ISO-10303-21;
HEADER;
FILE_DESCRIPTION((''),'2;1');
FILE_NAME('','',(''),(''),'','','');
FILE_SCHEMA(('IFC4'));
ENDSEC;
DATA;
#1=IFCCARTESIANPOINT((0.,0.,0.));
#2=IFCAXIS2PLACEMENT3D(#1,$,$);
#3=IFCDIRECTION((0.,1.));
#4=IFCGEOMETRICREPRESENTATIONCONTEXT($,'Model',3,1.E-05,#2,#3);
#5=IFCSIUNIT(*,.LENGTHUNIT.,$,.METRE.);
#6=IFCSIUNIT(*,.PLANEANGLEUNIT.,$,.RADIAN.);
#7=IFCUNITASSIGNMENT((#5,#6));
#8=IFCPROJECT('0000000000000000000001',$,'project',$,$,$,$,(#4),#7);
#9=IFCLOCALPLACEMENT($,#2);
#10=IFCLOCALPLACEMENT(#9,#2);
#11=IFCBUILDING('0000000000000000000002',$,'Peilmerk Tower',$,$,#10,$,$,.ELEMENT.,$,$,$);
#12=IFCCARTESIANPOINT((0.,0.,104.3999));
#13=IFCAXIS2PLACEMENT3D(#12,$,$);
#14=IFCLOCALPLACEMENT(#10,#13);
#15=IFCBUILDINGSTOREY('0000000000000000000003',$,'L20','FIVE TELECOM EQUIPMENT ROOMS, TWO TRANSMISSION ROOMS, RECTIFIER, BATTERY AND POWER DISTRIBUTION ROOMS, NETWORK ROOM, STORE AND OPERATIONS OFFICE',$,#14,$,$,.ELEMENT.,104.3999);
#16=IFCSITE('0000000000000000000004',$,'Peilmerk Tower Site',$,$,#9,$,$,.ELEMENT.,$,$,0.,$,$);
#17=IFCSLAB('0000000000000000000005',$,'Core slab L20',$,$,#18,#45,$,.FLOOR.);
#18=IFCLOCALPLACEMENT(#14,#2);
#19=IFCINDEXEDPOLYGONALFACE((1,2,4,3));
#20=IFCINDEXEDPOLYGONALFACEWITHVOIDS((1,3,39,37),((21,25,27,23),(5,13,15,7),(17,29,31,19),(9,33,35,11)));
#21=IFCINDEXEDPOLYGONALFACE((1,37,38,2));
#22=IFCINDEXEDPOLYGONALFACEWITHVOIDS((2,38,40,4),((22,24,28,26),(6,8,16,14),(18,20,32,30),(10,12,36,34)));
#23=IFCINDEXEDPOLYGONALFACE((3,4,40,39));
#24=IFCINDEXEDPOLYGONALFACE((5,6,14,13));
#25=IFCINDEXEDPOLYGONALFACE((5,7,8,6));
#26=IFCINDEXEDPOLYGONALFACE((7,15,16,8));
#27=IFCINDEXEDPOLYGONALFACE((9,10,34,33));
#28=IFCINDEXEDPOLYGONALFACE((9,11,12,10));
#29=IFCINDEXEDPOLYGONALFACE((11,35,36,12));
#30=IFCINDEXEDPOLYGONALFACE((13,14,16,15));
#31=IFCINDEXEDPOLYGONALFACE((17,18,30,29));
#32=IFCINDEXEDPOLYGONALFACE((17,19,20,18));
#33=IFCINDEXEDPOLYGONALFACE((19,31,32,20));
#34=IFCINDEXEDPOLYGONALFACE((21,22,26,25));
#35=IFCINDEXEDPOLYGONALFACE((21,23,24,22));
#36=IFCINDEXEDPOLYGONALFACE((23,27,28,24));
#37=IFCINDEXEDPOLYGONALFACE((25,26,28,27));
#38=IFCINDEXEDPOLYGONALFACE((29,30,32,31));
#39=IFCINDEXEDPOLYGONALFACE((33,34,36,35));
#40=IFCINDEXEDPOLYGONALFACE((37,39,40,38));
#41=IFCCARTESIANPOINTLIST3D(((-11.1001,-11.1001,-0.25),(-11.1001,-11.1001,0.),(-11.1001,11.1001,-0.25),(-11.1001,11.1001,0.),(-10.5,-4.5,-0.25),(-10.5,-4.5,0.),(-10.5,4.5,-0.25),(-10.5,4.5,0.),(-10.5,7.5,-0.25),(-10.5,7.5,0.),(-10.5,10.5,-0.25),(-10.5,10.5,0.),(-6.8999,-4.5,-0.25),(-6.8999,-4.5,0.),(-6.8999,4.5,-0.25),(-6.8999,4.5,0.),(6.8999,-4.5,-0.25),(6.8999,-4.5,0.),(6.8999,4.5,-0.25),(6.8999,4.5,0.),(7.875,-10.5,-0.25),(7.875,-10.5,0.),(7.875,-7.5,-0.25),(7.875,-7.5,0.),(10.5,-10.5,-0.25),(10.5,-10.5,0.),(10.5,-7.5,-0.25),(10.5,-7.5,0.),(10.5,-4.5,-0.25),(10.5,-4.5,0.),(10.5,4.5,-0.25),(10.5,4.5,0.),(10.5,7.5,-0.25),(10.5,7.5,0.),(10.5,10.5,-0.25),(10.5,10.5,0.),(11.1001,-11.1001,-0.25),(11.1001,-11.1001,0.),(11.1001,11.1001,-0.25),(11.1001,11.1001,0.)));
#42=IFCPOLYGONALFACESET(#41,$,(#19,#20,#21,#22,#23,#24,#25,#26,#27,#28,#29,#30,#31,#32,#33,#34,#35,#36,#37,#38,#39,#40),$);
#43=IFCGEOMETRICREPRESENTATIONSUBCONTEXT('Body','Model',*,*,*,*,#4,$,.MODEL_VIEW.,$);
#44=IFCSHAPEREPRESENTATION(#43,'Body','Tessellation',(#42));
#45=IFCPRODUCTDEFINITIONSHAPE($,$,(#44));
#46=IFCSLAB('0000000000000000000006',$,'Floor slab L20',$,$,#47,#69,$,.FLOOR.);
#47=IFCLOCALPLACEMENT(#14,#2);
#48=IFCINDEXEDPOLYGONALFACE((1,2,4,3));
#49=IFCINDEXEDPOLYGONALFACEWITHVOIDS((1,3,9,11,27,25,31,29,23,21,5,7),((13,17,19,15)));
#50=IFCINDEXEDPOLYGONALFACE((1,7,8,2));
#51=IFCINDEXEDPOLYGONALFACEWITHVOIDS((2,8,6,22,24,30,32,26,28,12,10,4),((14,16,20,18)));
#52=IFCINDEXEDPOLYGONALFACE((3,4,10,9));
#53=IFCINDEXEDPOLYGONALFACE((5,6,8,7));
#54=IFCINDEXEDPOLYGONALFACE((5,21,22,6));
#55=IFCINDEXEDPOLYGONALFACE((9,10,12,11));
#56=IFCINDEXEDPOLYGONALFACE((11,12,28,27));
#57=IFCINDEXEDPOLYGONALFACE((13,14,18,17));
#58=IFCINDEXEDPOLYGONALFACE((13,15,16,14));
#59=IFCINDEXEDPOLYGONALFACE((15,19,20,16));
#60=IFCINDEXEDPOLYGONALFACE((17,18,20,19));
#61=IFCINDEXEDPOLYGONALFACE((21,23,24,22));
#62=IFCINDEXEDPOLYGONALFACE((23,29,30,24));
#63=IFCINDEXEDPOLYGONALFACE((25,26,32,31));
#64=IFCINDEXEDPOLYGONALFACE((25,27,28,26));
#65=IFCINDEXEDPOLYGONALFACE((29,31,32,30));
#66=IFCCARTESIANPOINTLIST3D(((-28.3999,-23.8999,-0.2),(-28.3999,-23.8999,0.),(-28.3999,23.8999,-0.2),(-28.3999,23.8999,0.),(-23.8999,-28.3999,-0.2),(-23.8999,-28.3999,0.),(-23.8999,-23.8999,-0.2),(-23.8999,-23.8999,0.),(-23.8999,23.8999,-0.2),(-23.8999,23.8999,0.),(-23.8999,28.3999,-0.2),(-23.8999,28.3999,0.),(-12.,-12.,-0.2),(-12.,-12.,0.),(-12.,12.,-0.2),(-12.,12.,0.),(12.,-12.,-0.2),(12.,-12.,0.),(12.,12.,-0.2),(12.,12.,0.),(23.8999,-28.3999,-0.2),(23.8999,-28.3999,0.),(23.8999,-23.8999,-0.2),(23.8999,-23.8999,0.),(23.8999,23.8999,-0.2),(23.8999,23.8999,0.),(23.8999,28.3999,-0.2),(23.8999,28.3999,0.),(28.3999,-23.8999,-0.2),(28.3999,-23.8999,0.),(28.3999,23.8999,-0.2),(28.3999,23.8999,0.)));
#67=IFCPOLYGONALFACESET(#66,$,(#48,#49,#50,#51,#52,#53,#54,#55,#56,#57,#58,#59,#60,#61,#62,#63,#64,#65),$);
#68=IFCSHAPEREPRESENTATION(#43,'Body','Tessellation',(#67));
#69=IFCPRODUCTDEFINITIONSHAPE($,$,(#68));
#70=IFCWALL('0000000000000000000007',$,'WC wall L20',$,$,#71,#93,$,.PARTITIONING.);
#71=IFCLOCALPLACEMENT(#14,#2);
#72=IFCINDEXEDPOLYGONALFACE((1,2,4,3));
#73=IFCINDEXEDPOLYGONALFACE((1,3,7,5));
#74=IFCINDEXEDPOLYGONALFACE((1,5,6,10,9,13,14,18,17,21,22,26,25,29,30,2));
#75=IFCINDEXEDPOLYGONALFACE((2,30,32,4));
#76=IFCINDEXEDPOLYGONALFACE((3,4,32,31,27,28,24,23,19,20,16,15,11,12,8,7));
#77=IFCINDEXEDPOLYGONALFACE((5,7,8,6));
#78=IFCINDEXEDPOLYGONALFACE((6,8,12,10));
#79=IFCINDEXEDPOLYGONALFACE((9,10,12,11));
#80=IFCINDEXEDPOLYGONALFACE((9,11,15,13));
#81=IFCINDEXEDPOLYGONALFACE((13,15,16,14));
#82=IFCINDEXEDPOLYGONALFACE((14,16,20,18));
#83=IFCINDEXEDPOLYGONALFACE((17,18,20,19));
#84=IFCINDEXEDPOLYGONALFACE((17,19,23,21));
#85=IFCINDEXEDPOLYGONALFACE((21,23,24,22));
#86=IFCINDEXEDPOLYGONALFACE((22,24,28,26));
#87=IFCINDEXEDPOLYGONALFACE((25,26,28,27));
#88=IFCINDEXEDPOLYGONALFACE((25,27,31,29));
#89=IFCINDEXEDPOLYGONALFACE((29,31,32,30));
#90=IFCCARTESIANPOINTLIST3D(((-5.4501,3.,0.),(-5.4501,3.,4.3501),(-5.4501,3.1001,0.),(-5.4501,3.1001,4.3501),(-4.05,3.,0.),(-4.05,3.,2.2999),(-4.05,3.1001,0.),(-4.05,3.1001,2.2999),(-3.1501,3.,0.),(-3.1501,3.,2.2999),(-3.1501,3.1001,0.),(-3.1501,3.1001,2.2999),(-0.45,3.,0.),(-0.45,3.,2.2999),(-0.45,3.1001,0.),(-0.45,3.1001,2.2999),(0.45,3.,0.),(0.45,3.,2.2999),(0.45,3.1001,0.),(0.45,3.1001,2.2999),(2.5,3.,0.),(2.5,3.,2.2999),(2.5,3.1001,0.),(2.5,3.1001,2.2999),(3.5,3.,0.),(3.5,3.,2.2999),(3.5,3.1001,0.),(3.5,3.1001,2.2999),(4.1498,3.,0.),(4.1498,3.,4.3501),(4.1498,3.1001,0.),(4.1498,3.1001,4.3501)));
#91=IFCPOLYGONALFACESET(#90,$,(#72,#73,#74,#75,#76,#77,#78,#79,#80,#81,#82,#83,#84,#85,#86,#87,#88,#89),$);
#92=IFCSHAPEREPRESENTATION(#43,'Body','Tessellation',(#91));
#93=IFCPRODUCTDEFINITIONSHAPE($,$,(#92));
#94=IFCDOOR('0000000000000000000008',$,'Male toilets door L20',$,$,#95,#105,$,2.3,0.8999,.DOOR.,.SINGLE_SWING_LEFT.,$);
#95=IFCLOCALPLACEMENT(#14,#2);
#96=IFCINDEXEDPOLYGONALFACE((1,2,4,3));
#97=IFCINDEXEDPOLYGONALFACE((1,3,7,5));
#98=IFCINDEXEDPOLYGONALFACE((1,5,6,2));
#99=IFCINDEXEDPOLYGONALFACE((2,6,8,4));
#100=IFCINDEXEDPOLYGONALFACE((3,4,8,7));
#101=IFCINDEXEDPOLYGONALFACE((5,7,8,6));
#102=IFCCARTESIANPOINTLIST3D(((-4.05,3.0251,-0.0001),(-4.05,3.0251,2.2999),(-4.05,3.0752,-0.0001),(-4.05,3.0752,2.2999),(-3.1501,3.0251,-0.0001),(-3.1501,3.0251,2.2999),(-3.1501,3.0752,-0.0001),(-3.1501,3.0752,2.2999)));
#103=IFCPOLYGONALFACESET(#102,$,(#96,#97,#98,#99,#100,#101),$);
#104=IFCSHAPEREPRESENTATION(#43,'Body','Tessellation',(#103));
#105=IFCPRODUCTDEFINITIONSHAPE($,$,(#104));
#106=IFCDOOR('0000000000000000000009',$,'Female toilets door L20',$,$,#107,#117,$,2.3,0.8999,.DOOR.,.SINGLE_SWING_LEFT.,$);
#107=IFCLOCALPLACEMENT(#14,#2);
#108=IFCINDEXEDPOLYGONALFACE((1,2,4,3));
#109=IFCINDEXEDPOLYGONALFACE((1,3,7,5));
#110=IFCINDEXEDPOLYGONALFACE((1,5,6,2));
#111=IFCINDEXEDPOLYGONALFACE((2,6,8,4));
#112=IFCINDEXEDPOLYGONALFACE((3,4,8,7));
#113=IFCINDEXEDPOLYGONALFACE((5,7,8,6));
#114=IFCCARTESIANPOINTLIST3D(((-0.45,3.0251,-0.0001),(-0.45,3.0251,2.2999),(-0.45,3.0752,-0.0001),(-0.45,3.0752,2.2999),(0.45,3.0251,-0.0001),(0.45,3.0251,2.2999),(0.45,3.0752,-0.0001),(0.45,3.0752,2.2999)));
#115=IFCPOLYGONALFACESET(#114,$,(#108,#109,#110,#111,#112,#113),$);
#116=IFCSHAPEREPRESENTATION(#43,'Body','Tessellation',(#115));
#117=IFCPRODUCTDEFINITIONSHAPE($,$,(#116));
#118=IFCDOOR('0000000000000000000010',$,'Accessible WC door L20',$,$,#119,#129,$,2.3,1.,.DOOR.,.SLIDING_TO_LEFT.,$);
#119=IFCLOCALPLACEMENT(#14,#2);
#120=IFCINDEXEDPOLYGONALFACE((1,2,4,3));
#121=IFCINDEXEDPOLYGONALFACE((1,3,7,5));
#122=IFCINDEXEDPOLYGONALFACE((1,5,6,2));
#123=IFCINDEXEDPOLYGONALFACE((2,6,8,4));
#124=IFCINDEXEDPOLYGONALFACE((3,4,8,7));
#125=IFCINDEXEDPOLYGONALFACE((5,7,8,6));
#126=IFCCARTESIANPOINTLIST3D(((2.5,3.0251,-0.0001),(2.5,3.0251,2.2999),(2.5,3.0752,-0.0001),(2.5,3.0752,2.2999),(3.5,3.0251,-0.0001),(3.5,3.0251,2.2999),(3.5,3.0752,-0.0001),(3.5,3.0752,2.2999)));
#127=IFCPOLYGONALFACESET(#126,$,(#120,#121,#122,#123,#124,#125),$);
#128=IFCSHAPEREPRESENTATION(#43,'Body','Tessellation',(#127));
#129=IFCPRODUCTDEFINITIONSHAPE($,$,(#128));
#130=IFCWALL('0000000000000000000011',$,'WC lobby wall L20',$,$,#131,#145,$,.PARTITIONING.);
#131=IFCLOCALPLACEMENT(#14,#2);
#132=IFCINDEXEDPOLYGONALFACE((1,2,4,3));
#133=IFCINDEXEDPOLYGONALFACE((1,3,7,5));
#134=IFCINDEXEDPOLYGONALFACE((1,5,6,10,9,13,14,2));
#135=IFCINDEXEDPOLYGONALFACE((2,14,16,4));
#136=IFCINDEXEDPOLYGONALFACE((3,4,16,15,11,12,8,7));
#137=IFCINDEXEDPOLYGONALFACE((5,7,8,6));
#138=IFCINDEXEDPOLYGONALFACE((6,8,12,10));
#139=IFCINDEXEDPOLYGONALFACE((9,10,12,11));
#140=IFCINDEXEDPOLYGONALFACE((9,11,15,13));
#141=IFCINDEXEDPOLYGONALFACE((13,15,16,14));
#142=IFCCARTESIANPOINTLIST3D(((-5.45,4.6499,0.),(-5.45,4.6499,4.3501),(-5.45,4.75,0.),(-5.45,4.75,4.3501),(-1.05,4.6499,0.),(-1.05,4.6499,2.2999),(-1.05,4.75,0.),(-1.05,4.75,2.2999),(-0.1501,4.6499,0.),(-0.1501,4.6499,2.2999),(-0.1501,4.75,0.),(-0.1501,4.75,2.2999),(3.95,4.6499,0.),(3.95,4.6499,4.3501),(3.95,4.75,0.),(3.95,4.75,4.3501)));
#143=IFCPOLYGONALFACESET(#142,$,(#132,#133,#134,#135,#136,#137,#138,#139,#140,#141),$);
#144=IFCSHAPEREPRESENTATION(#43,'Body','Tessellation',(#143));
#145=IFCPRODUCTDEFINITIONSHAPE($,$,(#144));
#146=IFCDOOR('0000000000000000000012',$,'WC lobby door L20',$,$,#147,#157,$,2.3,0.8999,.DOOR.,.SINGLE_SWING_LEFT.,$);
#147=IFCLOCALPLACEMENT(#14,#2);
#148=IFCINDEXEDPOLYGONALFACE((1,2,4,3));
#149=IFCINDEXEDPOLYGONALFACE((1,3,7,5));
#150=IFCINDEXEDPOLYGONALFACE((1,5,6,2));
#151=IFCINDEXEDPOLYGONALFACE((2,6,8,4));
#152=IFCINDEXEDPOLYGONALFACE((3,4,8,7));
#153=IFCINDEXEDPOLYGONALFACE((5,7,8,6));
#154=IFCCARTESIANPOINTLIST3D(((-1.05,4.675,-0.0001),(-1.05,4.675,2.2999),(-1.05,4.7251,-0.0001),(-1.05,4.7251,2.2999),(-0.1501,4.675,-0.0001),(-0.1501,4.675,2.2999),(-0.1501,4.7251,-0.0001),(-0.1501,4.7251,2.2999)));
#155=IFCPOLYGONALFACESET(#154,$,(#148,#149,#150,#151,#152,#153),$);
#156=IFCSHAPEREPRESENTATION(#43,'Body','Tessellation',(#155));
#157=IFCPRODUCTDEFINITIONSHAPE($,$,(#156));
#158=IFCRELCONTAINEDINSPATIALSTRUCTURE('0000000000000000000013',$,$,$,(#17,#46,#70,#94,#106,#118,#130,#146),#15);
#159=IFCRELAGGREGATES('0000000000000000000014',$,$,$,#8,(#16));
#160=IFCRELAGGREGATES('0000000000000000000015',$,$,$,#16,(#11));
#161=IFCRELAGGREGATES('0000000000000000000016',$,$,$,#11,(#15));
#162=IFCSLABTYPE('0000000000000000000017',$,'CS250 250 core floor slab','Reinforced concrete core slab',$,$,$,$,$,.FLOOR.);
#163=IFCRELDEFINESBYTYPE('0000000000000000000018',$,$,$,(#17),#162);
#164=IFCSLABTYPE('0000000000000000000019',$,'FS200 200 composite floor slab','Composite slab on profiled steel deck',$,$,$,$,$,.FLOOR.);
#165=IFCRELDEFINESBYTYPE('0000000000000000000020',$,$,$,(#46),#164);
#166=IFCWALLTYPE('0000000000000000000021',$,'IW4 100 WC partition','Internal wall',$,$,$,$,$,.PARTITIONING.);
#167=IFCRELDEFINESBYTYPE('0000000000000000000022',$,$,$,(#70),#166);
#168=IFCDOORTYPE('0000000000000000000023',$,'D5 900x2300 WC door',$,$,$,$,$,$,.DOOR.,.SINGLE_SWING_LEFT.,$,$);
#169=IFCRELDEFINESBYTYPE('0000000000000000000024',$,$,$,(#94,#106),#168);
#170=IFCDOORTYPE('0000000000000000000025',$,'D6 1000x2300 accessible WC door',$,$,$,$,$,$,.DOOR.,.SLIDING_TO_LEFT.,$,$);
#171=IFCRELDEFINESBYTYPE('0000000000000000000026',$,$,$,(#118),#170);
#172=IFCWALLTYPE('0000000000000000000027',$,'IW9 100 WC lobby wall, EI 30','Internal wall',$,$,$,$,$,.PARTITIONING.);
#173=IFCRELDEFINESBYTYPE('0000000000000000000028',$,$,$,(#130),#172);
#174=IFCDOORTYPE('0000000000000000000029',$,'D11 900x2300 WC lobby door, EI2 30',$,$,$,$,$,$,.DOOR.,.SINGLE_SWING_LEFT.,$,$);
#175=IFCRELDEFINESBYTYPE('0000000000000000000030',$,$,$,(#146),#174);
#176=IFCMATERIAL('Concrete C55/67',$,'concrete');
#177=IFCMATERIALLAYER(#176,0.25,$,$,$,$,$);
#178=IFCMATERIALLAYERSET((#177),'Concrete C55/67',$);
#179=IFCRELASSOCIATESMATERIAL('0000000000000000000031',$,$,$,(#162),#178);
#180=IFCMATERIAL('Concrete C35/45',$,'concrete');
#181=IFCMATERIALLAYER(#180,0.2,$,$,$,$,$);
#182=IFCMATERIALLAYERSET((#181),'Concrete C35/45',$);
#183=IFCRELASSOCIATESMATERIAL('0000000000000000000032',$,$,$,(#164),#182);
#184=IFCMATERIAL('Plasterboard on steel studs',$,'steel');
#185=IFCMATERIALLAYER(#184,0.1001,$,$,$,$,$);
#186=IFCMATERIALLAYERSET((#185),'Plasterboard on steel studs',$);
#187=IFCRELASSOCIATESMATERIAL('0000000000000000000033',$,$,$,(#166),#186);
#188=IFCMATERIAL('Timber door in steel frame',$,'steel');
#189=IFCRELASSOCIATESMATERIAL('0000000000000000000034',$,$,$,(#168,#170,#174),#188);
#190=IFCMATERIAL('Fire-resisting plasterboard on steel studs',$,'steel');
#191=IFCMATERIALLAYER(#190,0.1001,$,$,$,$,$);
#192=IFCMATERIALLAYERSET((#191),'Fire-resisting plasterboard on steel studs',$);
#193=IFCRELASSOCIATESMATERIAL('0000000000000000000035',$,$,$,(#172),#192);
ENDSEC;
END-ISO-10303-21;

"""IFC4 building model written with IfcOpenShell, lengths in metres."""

from ifc_helpers import new_model, si_unit, direction, frame, frame_2d, origin, place, context, subcontext, project, spatial, polyline, rectangle, outline, extrude, material, layer, layer_set, type_object, element, fill, save


model = new_model("IFC4")

# Units and contexts
model_context = context("Model", 3, precision=1e-05, world=origin(), true_north=direction((0.0, 1.0)))
body_context = subcontext(model_context, "Body", "Model", "MODEL_VIEW")
ifc_project = project(units=[si_unit("LENGTHUNIT", "METRE"), si_unit("PLANEANGLEUNIT", "RADIAN")], contexts=[model_context])

# Site, building, storey
site_placement = place(None, origin())
site = spatial("IfcSite", under=ifc_project, at=site_placement, Name="Peilmerk Tower Site", CompositionType="ELEMENT", RefElevation=0.0)
building_placement = place(site_placement, origin())
building = spatial("IfcBuilding", under=site, at=building_placement, Name="Peilmerk Tower", CompositionType="ELEMENT")
storey_placement = place(building_placement, frame((0.0, 0.0, 104.3999)))
storey = spatial("IfcBuildingStorey", under=building, at=storey_placement, Name="L20", Description="FIVE TELECOM EQUIPMENT ROOMS, TWO TRANSMISSION ROOMS, RECTIFIER, BATTERY AND POWER DISTRIBUTION ROOMS, NETWORK ROOM, STORE AND OPERATIONS OFFICE", CompositionType="ELEMENT", Elevation=104.3999)

# Slabs
ifc_material_1 = material(Name="Concrete C55/67", Category="concrete")
ifc_layer_1 = layer(ifc_material_1, 0.25)
ifc_layer_set_1 = layer_set([ifc_layer_1], Name="Concrete C55/67")
slab_type_1 = type_object("IfcSlabType", Name="CS250 250 core floor slab", Description="Reinforced concrete core slab", PredefinedType="FLOOR", material=ifc_layer_set_1)
slab_1_placement = place(storey_placement, frame((0.0, 0.0, -0.25)))
element("IfcSlab", 1, at=slab_1_placement, inside=storey, type_object=slab_type_1, Name="Core slab L20", PredefinedType="FLOOR", context=body_context, shape_type="SweptSolid", body=[
    extrude(outline(polyline([(-11.1001, 11.1001), (-11.1001, -11.1001), (11.1001, -11.1001), (11.1001, 11.1001), (-11.1001, 11.1001)]), holes=[polyline([(10.5, 7.5), (-10.5, 7.5), (-10.5, 10.5), (10.5, 10.5), (10.5, 7.5)]), polyline([(7.875, -10.5), (7.875, -7.5), (10.5, -7.5), (10.5, -10.5), (7.875, -10.5)]), polyline([(-10.5, 4.5), (-6.8999, 4.5), (-6.8999, -4.5), (-10.5, -4.5), (-10.5, 4.5)]), polyline([(10.5, 4.5), (10.5, -4.5), (6.8999, -4.5), (6.8999, 4.5), (10.5, 4.5)])]), origin(), (0.0, 0.0, 1.0), 0.25),
])
ifc_material_2 = material(Name="Concrete C35/45", Category="concrete")
ifc_layer_2 = layer(ifc_material_2, 0.2)
ifc_layer_set_2 = layer_set([ifc_layer_2], Name="Concrete C35/45")
slab_type_2 = type_object("IfcSlabType", Name="FS200 200 composite floor slab", Description="Composite slab on profiled steel deck", PredefinedType="FLOOR", material=ifc_layer_set_2)
slab_2_placement = place(storey_placement, frame((0.0, 0.0, -0.2)))
element("IfcSlab", 2, at=slab_2_placement, inside=storey, type_object=slab_type_2, Name="Floor slab L20", PredefinedType="FLOOR", context=body_context, shape_type="SweptSolid", body=[
    extrude(outline(polyline([(-23.8999, -28.3999), (23.8999, -28.3999), (23.8999, -23.8999), (28.3999, -23.8999), (28.3999, 23.8999), (23.8999, 23.8999), (23.8999, 28.3999), (-23.8999, 28.3999), (-23.8999, 23.8999), (-28.3999, 23.8999), (-28.3999, -23.8999), (-23.8999, -23.8999), (-23.8999, -28.3999)]), holes=[polyline([(12.0, 12.0), (12.0, -12.0), (-12.0, -12.0), (-12.0, 12.0), (12.0, 12.0)])]), origin(), (0.0, 0.0, 1.0), 0.2),
])

# Wall, openings, doors
ifc_material_3 = material(Name="Plasterboard on steel studs", Category="steel")
ifc_layer_3 = layer(ifc_material_3, 0.1001)
ifc_layer_set_3 = layer_set([ifc_layer_3], Name="Plasterboard on steel studs")
wall_type_1 = type_object("IfcWallType", Name="IW4 100 WC partition", Description="Internal wall", PredefinedType="PARTITIONING", material=ifc_layer_set_3)
wall_1_placement = place(storey_placement, frame((-5.45, 3.05, 0.0), z_axis=(0.0, 0.0, 1.0), x_axis=(1.0, 0.0, 0.0)))
wall_1 = element("IfcWall", 3, at=wall_1_placement, inside=storey, type_object=wall_type_1, Name="WC wall L20", PredefinedType="PARTITIONING", context=body_context, shape_type="SweptSolid", body=[
    extrude(rectangle(XDim=9.5999, YDim=0.1001, at=frame_2d((4.7998, 0.0))), origin(), (0.0, 0.0, 1.0), 4.3501),
])
opening_1_placement = place(wall_1_placement, frame((1.3999, 0.0, 0.0)))
opening_1 = element("IfcOpeningElement", 4, at=opening_1_placement, cuts=wall_1, PredefinedType="OPENING", context=body_context, shape_type="SweptSolid", body=[
    extrude(rectangle(XDim=0.8999, YDim=2.3, at=frame_2d((0.45, 1.1499))), frame((0.0, 0.0601, 0.0), z_axis=(0.0, -1.0, 0.0), x_axis=(1.0, 0.0, 0.0)), (0.0, 0.0, 1.0), 0.1201),
])
opening_2_placement = place(wall_1_placement, frame((5.0, 0.0, 0.0)))
opening_2 = element("IfcOpeningElement", 5, at=opening_2_placement, cuts=wall_1, PredefinedType="OPENING", context=body_context, shape_type="SweptSolid", body=[
    extrude(rectangle(XDim=0.8999, YDim=2.3, at=frame_2d((0.45, 1.1499))), frame((0.0, 0.0601, 0.0), z_axis=(0.0, -1.0, 0.0), x_axis=(1.0, 0.0, 0.0)), (0.0, 0.0, 1.0), 0.1201),
])
opening_3_placement = place(wall_1_placement, frame((7.95, 0.0, 0.0)))
opening_3 = element("IfcOpeningElement", 6, at=opening_3_placement, cuts=wall_1, PredefinedType="OPENING", context=body_context, shape_type="SweptSolid", body=[
    extrude(rectangle(XDim=1.0, YDim=2.3, at=frame_2d((0.5, 1.1499))), frame((0.0, 0.0601, 0.0), z_axis=(0.0, -1.0, 0.0), x_axis=(1.0, 0.0, 0.0)), (0.0, 0.0, 1.0), 0.1201),
])
ifc_material_4 = material(Name="Timber door in steel frame", Category="steel")
door_type_1 = type_object("IfcDoorType", Name="D5 900x2300 WC door", OperationType="SINGLE_SWING_LEFT", PredefinedType="DOOR", material=ifc_material_4)
door_1_placement = place(opening_1_placement, frame((0.8999, 0.0, 0.0), z_axis=(0.0, 0.0, 1.0), x_axis=(-1.0, 0.0, 0.0)))
door_1 = element("IfcDoor", 7, at=door_1_placement, inside=storey, type_object=door_type_1, Name="Male toilets door L20", OperationType="SINGLE_SWING_LEFT", OverallHeight=2.3, OverallWidth=0.8999, PredefinedType="DOOR", context=body_context, shape_type="SweptSolid", body=[
    extrude(rectangle(XDim=0.8999, YDim=2.3, at=frame_2d((0.45, 1.1499))), frame((0.0, 0.0249, 0.0), z_axis=(0.0, -1.0, 0.0), x_axis=(1.0, 0.0, 0.0)), (0.0, 0.0, 1.0), 0.05),
])
fill(opening_1, door_1)
door_2_placement = place(opening_2_placement, frame((0.8999, 0.0, 0.0), z_axis=(0.0, 0.0, 1.0), x_axis=(-1.0, 0.0, 0.0)))
door_2 = element("IfcDoor", 8, at=door_2_placement, inside=storey, type_object=door_type_1, Name="Female toilets door L20", OperationType="SINGLE_SWING_LEFT", OverallHeight=2.3, OverallWidth=0.8999, PredefinedType="DOOR", context=body_context, shape_type="SweptSolid", body=[
    extrude(rectangle(XDim=0.8999, YDim=2.3, at=frame_2d((0.45, 1.1499))), frame((0.0, 0.0249, 0.0), z_axis=(0.0, -1.0, 0.0), x_axis=(1.0, 0.0, 0.0)), (0.0, 0.0, 1.0), 0.05),
])
fill(opening_2, door_2)
door_type_2 = type_object("IfcDoorType", Name="D6 1000x2300 accessible WC door", OperationType="SLIDING_TO_LEFT", PredefinedType="DOOR", material=ifc_material_4)
door_3_placement = place(opening_3_placement, frame((1.0, 0.0, 0.0), z_axis=(0.0, 0.0, 1.0), x_axis=(-1.0, 0.0, 0.0)))
door_3 = element("IfcDoor", 9, at=door_3_placement, inside=storey, type_object=door_type_2, Name="Accessible WC door L20", OperationType="SLIDING_TO_LEFT", OverallHeight=2.3, OverallWidth=1.0, PredefinedType="DOOR", context=body_context, shape_type="SweptSolid", body=[
    extrude(rectangle(XDim=1.0, YDim=2.3, at=frame_2d((0.5, 1.1499))), frame((0.0, 0.0249, 0.0), z_axis=(0.0, -1.0, 0.0), x_axis=(1.0, 0.0, 0.0)), (0.0, 0.0, 1.0), 0.05),
])
fill(opening_3, door_3)

# Wall, opening, door
ifc_material_5 = material(Name="Fire-resisting plasterboard on steel studs", Category="steel")
ifc_layer_4 = layer(ifc_material_5, 0.1001)
ifc_layer_set_4 = layer_set([ifc_layer_4], Name="Fire-resisting plasterboard on steel studs")
wall_type_2 = type_object("IfcWallType", Name="IW9 100 WC lobby wall, EI 30", Description="Internal wall", PredefinedType="PARTITIONING", material=ifc_layer_set_4)
wall_2_placement = place(storey_placement, frame((-5.45, 4.7, 0.0), z_axis=(0.0, 0.0, 1.0), x_axis=(1.0, 0.0, 0.0)))
wall_2 = element("IfcWall", 10, at=wall_2_placement, inside=storey, type_object=wall_type_2, Name="WC lobby wall L20", PredefinedType="PARTITIONING", context=body_context, shape_type="SweptSolid", body=[
    extrude(rectangle(XDim=9.3999, YDim=0.1001, at=frame_2d((4.7, 0.0))), origin(), (0.0, 0.0, 1.0), 4.3501),
])
opening_4_placement = place(wall_2_placement, frame((4.3999, 0.0, 0.0)))
opening_4 = element("IfcOpeningElement", 11, at=opening_4_placement, cuts=wall_2, PredefinedType="OPENING", context=body_context, shape_type="SweptSolid", body=[
    extrude(rectangle(XDim=0.8999, YDim=2.3, at=frame_2d((0.45, 1.1499))), frame((0.0, 0.0601, 0.0), z_axis=(0.0, -1.0, 0.0), x_axis=(1.0, 0.0, 0.0)), (0.0, 0.0, 1.0), 0.1201),
])
door_type_3 = type_object("IfcDoorType", Name="D11 900x2300 WC lobby door, EI2 30", OperationType="SINGLE_SWING_LEFT", PredefinedType="DOOR", material=ifc_material_4)
door_4_placement = place(opening_4_placement, frame((0.8999, 0.0, 0.0), z_axis=(0.0, 0.0, 1.0), x_axis=(-1.0, 0.0, 0.0)))
door_4 = element("IfcDoor", 12, at=door_4_placement, inside=storey, type_object=door_type_3, Name="WC lobby door L20", OperationType="SINGLE_SWING_LEFT", OverallHeight=2.3, OverallWidth=0.8999, PredefinedType="DOOR", context=body_context, shape_type="SweptSolid", body=[
    extrude(rectangle(XDim=0.8999, YDim=2.3, at=frame_2d((0.45, 1.1499))), frame((0.0, 0.0249, 0.0), z_axis=(0.0, -1.0, 0.0), x_axis=(1.0, 0.0, 0.0)), (0.0, 0.0, 1.0), 0.05),
])
fill(opening_4, door_4)

save(model, "model.ifc")
